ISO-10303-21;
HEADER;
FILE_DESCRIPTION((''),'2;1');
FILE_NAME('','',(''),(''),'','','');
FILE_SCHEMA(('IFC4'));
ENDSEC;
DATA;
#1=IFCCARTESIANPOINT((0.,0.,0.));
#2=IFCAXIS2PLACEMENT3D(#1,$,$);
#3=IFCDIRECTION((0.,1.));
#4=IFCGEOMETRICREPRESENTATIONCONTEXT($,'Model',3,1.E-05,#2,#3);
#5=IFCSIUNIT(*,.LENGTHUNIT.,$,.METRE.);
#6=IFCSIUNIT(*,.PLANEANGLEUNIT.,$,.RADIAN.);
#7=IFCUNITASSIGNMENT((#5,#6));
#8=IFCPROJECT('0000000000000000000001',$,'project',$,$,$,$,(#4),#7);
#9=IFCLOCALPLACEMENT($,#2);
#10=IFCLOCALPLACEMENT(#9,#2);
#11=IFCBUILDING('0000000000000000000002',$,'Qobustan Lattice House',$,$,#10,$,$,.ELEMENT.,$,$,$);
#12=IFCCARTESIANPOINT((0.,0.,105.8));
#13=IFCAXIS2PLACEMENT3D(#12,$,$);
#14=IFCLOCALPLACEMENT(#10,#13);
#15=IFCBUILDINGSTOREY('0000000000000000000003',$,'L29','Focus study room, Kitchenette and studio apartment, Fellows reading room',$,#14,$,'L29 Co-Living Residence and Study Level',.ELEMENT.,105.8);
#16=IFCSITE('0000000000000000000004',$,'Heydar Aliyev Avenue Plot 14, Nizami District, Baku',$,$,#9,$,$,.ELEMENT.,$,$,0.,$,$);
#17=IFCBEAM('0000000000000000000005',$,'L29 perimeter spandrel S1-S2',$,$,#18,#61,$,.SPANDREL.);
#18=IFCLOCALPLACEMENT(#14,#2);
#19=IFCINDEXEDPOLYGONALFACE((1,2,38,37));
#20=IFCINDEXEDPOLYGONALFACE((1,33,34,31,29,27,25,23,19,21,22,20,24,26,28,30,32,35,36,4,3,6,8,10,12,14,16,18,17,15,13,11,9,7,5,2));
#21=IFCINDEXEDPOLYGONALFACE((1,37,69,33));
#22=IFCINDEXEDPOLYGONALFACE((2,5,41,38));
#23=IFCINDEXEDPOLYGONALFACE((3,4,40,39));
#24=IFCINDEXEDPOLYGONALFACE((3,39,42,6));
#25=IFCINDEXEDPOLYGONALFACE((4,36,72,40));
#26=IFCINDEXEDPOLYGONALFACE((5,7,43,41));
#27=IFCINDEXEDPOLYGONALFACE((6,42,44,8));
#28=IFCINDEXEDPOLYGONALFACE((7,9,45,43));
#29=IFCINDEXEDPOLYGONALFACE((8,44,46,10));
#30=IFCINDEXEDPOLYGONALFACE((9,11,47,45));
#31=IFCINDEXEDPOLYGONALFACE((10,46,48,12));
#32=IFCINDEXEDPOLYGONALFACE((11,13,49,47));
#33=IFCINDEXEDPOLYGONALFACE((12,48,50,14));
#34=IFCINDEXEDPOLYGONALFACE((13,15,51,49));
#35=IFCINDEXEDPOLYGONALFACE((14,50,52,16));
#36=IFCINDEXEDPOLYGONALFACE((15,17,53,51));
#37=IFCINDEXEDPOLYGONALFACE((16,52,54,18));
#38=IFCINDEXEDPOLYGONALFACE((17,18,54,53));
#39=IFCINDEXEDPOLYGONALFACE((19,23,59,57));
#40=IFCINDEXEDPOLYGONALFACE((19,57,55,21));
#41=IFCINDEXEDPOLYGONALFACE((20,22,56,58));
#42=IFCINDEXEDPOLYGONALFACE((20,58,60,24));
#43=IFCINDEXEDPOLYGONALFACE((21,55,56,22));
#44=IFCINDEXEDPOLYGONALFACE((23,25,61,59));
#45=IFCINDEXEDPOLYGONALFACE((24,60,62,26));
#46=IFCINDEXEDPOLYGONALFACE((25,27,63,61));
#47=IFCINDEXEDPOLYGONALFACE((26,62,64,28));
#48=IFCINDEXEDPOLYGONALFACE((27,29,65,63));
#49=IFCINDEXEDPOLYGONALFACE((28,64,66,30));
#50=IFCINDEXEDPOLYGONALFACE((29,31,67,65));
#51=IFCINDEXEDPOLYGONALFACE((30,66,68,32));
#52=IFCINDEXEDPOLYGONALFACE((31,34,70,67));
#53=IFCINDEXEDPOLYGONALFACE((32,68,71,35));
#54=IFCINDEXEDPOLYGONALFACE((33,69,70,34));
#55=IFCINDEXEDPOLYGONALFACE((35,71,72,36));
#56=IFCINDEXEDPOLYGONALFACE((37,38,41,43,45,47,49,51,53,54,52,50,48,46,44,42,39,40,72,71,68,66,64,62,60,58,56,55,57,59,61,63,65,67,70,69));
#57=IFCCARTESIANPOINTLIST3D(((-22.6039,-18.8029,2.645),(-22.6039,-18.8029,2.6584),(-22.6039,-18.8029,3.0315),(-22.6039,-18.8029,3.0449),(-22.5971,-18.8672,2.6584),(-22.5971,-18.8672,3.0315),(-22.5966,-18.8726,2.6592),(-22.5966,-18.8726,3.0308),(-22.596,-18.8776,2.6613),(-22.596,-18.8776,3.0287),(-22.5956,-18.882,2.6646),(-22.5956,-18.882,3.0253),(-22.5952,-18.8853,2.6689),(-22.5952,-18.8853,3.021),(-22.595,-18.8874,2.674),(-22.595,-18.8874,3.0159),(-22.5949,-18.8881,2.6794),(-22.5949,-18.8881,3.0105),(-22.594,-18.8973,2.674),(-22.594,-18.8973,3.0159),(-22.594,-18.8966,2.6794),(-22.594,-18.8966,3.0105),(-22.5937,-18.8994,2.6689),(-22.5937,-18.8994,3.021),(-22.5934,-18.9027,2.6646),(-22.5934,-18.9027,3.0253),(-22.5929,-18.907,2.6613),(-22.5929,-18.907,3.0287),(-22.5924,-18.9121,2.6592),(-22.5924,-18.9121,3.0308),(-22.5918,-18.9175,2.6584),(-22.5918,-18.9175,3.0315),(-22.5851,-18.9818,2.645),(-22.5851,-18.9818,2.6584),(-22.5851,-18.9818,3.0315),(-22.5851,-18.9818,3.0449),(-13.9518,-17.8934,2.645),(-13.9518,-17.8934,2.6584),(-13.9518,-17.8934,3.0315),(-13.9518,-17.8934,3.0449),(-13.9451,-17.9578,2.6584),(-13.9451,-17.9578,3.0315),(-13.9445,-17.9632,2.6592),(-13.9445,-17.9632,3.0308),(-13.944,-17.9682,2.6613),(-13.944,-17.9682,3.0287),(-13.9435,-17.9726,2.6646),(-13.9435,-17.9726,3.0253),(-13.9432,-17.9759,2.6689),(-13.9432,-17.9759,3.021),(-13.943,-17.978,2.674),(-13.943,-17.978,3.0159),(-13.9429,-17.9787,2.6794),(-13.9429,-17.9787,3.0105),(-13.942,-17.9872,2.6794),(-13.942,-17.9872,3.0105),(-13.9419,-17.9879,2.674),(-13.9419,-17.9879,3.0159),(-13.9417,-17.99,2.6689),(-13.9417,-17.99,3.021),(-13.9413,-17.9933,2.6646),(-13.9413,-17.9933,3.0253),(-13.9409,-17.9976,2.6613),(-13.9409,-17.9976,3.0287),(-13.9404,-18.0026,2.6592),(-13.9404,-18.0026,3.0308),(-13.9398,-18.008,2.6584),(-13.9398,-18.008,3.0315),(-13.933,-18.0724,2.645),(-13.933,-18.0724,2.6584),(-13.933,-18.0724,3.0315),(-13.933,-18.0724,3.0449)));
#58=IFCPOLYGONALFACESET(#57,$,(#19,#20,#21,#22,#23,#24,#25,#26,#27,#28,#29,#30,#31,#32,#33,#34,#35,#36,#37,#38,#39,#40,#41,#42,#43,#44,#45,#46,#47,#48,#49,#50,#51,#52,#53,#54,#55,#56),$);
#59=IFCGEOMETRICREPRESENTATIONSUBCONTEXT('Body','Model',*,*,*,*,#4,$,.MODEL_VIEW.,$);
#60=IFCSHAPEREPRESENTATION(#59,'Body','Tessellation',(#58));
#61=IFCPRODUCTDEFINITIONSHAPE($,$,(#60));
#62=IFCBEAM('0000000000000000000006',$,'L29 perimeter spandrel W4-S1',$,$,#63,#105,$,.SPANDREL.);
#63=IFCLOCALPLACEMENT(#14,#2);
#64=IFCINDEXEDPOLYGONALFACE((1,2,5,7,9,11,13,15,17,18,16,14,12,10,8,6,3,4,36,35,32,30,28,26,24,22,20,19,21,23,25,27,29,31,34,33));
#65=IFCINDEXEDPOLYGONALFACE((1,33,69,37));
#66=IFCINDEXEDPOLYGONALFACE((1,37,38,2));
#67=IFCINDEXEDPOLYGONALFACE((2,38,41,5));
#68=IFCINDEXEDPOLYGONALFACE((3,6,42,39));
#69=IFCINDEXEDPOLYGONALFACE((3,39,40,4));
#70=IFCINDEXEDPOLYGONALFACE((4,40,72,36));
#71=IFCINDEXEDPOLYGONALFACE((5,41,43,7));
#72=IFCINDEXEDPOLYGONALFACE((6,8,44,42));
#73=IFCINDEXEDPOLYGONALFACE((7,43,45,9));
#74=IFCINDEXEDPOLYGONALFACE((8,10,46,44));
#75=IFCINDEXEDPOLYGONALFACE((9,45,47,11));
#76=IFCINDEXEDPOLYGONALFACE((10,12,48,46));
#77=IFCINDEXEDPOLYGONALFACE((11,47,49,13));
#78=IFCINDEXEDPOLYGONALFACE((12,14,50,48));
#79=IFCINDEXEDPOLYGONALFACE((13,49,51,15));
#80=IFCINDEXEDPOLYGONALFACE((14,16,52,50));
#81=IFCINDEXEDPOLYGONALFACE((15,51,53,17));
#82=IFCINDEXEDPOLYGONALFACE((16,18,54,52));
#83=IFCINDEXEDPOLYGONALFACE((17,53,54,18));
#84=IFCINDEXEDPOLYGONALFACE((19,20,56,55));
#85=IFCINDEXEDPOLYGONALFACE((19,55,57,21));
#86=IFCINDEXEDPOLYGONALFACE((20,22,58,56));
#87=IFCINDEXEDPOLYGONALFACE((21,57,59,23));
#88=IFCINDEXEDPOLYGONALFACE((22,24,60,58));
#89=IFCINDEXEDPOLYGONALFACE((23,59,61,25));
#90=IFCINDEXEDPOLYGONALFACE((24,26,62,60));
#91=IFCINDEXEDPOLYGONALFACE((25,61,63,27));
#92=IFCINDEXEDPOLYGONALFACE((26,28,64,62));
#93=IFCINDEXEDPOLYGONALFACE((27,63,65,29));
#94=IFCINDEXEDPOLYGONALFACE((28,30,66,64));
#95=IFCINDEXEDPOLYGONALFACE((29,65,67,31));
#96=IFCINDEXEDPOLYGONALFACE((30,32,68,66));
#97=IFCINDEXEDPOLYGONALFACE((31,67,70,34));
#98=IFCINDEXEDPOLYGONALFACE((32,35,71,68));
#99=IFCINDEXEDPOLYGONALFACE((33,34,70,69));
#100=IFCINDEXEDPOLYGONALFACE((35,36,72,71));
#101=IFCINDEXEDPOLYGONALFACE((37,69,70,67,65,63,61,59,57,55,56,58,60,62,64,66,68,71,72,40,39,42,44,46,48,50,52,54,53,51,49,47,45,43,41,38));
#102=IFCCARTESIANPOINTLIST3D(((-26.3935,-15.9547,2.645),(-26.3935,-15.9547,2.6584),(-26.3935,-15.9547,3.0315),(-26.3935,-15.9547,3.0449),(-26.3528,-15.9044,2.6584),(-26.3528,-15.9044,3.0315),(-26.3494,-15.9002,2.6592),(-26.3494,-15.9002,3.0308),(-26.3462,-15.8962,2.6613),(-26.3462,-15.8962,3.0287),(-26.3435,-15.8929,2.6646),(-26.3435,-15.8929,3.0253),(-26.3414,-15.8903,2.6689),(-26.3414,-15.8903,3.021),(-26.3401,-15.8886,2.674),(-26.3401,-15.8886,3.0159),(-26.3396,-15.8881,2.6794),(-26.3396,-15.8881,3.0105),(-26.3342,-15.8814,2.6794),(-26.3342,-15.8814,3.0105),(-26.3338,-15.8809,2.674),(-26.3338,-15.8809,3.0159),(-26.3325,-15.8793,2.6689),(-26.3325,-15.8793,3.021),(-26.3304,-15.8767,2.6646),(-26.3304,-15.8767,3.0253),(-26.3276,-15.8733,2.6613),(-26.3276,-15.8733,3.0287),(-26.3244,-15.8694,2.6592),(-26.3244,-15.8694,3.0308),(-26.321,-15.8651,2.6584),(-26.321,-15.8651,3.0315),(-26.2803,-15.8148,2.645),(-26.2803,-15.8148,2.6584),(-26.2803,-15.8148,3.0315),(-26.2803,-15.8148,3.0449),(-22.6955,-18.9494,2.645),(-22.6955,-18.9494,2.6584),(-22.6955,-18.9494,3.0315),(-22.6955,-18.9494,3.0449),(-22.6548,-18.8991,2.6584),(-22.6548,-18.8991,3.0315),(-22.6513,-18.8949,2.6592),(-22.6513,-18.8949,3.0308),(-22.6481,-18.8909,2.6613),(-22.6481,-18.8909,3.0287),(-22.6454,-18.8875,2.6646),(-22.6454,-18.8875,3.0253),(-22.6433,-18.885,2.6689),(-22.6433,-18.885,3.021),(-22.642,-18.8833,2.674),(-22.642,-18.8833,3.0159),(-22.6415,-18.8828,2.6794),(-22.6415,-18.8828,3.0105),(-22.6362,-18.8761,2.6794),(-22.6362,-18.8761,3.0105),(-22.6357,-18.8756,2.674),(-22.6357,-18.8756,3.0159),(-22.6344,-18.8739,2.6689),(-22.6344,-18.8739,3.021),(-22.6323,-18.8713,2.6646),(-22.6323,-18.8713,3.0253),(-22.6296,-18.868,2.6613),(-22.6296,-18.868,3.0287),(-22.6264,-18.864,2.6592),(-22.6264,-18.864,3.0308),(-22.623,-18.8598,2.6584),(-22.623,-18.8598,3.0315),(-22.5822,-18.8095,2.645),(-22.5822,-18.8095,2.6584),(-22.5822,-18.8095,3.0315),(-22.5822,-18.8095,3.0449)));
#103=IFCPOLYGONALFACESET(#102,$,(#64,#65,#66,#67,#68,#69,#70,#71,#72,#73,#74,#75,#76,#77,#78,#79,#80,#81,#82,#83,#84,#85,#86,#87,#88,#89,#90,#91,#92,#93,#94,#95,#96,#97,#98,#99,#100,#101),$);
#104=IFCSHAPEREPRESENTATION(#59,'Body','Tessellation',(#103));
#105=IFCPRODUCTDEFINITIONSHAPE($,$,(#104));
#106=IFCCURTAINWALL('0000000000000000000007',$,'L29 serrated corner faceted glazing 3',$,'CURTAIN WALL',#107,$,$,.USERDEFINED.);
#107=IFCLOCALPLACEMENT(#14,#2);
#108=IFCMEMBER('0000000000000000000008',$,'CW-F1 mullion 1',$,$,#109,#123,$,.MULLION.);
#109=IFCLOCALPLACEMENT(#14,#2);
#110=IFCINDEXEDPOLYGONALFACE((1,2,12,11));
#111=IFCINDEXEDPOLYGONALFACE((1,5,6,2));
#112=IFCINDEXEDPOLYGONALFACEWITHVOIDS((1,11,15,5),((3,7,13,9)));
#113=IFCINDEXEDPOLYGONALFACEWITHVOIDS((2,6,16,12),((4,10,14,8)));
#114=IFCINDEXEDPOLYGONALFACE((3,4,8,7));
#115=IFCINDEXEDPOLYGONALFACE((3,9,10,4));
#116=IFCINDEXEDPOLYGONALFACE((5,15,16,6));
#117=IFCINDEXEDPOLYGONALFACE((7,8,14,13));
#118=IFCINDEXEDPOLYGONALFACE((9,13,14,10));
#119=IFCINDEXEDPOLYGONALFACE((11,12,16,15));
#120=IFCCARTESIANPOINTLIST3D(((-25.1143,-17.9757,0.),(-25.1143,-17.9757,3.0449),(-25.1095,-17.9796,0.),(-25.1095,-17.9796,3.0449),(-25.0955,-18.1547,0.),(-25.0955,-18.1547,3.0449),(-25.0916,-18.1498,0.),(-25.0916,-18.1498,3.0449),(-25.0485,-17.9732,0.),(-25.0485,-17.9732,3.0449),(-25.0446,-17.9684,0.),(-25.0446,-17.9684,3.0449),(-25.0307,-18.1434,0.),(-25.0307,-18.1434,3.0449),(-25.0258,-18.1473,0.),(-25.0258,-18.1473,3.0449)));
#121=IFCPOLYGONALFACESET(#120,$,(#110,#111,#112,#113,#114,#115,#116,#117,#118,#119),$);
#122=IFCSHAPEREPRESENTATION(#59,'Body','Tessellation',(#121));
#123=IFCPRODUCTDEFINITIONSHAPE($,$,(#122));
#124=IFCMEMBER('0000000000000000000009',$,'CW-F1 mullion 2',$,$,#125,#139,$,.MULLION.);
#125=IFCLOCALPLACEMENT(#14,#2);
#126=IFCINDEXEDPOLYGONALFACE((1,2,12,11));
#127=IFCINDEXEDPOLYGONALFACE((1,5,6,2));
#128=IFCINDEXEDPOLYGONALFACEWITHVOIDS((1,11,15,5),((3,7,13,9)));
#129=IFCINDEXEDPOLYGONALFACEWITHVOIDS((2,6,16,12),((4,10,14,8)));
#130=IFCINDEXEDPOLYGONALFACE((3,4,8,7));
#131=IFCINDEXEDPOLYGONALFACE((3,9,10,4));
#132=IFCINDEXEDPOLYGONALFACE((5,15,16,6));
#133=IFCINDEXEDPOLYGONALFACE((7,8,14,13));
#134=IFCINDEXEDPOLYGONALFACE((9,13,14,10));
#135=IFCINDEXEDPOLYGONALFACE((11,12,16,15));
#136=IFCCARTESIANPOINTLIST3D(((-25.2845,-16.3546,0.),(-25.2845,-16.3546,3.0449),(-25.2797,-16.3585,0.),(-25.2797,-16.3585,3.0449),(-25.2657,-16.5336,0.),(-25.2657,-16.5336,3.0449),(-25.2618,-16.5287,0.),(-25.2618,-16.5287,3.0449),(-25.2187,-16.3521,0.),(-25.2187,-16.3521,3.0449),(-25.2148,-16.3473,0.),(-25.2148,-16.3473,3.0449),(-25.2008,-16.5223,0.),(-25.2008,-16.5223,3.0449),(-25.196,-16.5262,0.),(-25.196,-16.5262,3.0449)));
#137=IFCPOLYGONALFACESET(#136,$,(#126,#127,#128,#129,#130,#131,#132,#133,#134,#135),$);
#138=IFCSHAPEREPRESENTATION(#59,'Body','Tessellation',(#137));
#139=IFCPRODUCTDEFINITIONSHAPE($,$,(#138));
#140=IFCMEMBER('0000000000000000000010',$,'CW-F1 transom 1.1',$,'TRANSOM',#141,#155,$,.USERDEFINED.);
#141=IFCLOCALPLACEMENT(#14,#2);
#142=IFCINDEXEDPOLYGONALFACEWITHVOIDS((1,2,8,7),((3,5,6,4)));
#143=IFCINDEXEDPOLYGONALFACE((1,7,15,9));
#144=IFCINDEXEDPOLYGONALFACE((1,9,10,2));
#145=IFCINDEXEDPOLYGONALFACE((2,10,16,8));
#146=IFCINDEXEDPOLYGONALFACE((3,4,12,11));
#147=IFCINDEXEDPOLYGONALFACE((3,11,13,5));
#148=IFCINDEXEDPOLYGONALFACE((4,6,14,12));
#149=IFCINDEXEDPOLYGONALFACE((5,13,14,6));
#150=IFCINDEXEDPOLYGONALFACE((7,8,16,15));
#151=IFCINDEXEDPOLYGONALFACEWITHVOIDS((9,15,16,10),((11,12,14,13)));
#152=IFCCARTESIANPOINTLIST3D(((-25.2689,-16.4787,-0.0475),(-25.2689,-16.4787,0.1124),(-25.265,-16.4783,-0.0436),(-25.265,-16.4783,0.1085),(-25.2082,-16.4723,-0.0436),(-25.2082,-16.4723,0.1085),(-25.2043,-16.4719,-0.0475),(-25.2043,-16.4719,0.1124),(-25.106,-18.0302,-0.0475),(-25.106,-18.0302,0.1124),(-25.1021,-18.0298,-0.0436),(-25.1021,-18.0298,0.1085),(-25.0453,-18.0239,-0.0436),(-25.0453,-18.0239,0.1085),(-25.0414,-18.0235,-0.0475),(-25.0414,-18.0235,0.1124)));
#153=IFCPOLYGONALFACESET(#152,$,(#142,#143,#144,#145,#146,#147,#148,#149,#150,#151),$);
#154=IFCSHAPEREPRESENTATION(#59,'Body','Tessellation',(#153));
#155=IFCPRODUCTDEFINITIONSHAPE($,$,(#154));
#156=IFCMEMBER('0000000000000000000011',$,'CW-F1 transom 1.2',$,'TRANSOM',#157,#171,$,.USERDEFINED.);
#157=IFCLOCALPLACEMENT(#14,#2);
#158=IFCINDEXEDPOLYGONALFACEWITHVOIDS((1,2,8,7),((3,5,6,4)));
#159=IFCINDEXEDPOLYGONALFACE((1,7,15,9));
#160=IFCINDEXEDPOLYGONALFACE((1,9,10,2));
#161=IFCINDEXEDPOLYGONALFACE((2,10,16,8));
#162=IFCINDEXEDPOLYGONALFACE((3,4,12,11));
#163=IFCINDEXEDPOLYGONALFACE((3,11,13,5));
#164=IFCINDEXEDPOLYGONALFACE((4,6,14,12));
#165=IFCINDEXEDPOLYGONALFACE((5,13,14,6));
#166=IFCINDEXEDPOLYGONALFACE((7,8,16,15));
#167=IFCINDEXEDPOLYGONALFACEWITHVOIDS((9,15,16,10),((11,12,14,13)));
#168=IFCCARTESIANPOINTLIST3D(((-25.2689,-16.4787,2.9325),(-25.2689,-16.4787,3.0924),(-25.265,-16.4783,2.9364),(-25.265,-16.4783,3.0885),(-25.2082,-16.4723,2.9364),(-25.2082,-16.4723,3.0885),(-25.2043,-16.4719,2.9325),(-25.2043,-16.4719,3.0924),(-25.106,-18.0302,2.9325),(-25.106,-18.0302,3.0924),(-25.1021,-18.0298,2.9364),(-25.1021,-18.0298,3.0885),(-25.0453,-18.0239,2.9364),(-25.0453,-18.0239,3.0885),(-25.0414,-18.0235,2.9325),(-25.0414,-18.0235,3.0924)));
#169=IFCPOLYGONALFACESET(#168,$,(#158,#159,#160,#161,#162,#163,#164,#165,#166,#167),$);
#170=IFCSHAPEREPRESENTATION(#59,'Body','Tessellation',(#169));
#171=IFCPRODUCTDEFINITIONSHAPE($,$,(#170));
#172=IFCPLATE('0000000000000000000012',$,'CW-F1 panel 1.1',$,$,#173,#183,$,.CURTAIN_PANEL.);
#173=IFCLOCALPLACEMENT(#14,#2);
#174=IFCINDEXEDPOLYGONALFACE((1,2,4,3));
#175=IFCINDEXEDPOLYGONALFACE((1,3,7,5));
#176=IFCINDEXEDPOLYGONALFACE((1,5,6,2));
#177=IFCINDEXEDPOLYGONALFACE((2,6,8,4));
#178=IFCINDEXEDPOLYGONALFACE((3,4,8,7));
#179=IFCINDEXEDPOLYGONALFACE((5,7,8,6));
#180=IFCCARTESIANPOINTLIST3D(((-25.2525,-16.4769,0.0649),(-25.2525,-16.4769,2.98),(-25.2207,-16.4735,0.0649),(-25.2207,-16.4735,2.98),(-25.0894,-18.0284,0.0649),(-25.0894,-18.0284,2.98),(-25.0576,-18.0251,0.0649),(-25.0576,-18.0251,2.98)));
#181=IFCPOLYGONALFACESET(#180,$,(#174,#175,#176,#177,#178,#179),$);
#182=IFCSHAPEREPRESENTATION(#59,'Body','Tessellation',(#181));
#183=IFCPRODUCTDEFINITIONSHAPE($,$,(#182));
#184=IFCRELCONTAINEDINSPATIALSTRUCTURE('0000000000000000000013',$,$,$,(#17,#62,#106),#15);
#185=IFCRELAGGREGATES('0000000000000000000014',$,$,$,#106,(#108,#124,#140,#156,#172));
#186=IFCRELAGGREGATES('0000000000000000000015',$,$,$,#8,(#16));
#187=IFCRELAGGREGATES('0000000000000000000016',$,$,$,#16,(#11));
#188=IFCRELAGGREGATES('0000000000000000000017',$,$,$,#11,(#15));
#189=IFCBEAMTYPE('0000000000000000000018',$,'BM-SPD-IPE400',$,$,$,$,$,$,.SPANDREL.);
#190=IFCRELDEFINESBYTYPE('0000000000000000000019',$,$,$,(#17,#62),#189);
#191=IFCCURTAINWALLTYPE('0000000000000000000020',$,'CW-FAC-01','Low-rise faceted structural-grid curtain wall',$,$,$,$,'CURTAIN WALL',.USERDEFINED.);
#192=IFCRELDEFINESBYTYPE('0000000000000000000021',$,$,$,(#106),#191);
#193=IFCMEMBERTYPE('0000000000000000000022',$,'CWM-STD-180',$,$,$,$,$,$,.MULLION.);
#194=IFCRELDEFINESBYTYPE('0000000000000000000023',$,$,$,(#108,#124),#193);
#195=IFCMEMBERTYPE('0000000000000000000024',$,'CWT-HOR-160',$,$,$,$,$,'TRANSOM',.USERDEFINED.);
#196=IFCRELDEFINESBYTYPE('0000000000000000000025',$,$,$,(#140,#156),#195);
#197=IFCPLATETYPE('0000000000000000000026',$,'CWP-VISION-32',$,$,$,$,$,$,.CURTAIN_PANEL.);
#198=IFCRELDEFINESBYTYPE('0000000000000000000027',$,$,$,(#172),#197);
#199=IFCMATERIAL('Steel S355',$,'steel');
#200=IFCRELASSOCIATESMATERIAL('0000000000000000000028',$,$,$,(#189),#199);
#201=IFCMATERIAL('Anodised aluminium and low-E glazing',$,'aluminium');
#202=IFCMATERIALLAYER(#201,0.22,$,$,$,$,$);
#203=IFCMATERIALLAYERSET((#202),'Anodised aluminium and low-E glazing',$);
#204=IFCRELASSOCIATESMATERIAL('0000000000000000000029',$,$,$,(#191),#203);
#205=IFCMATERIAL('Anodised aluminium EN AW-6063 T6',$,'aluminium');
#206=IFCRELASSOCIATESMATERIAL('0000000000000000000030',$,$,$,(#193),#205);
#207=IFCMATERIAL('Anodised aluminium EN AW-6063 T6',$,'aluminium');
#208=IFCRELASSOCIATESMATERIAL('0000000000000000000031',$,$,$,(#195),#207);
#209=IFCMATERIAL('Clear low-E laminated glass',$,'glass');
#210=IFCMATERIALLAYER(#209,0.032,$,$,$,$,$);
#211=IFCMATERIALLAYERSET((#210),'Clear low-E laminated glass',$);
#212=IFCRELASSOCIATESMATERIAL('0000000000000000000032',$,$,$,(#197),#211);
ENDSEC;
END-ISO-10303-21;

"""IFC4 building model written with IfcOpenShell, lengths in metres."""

from ifc_helpers import new_model, si_unit, direction, frame, origin, origin_2d, place, context, subcontext, project, spatial, rectangle, hollow_rectangle, i_section, extrude, material, layer, layer_set, material_profile, profile_set, type_object, element, aggregate, save


model = new_model("IFC4")

# Units and contexts
model_context = context("Model", 3, precision=1e-05, world=origin(), true_north=direction((0.0, 1.0)))
body_context = subcontext(model_context, "Body", "Model", "MODEL_VIEW")
ifc_project = project(units=[si_unit("LENGTHUNIT", "METRE"), si_unit("PLANEANGLEUNIT", "RADIAN")], contexts=[model_context])

# Site, building, storey
site_placement = place(None, origin())
site = spatial("IfcSite", under=ifc_project, at=site_placement, Name="Heydar Aliyev Avenue Plot 14, Nizami District, Baku", CompositionType="ELEMENT", RefElevation=0.0)
building_placement = place(site_placement, origin())
building = spatial("IfcBuilding", under=site, at=building_placement, Name="Qobustan Lattice House", CompositionType="ELEMENT")
storey_placement = place(building_placement, frame((0.0, 0.0, 105.8)))
storey = spatial("IfcBuildingStorey", under=building, at=storey_placement, Name="L29", Description="Focus study room, Kitchenette and studio apartment, Fellows reading room", LongName="L29 Co-Living Residence and Study Level", CompositionType="ELEMENT", Elevation=105.8)

# Beams
ifc_material_1 = material(Name="Steel S355", Category="steel")
ifc_material_profile_1 = material_profile(ifc_material_1, i_section(OverallWidth=0.1799, OverallDepth=0.3999, WebThickness=0.0085, FlangeThickness=0.0134, FilletRadius=0.021, at=origin_2d()), Name="IPE400")
ifc_profile_set_1 = profile_set([ifc_material_profile_1], Name="Steel S355")
beam_type_1 = type_object("IfcBeamType", Name="BM-SPD-IPE400", PredefinedType="SPANDREL", material=ifc_profile_set_1)
beam_1_placement = place(storey_placement, frame((-22.5945, -18.8923, 2.845), z_axis=(0.994521, 0.104534, 0.0), x_axis=(-0.104534, 0.994521, 0.0)))
element("IfcBeam", 1, at=beam_1_placement, inside=storey, type_object=beam_type_1, Name="L29 perimeter spandrel S1-S2", PredefinedType="SPANDREL", context=body_context, shape_type="SweptSolid", body=[
    extrude(i_section(OverallWidth=0.1799, OverallDepth=0.3999, WebThickness=0.0085, FlangeThickness=0.0134, FilletRadius=0.021, at=origin_2d()), origin(), (0.0, 0.0, 1.0), 8.6997),
])
beam_2_placement = place(storey_placement, frame((-26.3369, -15.8848, 2.845), z_axis=(0.777141, -0.629327, 0.0), x_axis=(0.629327, 0.777141, 0.0)))
element("IfcBeam", 2, at=beam_2_placement, inside=storey, type_object=beam_type_1, Name="L29 perimeter spandrel W4-S1", PredefinedType="SPANDREL", context=body_context, shape_type="SweptSolid", body=[
    extrude(i_section(OverallWidth=0.1799, OverallDepth=0.3999, WebThickness=0.0085, FlangeThickness=0.0134, FilletRadius=0.021, at=origin_2d()), origin(), (0.0, 0.0, 1.0), 4.7585),
])

# Curtain wall, members, plate
ifc_material_2 = material(Name="Anodised aluminium and low-E glazing", Category="aluminium")
ifc_layer_1 = layer(ifc_material_2, 0.22)
ifc_layer_set_1 = layer_set([ifc_layer_1], Name="Anodised aluminium and low-E glazing")
curtain_wall_type = type_object("IfcCurtainWallType", Name="CW-FAC-01", Description="Low-rise faceted structural-grid curtain wall", ElementType="CURTAIN WALL", PredefinedType="USERDEFINED", material=ifc_layer_set_1)
curtain_wall_placement = place(storey_placement, origin())
curtain_wall = element("IfcCurtainWall", 3, at=curtain_wall_placement, inside=storey, type_object=curtain_wall_type, Name="L29 serrated corner faceted glazing 3", ObjectType="CURTAIN WALL", PredefinedType="USERDEFINED")
ifc_material_3 = material(Name="Anodised aluminium EN AW-6063 T6", Category="aluminium")
ifc_material_profile_2 = material_profile(ifc_material_3, hollow_rectangle(XDim=0.0701, YDim=0.1799, WallThickness=0.0044, at=origin_2d()), Name="CWM-180x70")
ifc_profile_set_2 = profile_set([ifc_material_profile_2], Name="Anodised aluminium EN AW-6063 T6")
member_type_1 = type_object("IfcMemberType", Name="CWM-STD-180", PredefinedType="MULLION", material=ifc_profile_set_2)
member_1_placement = place(storey_placement, frame((-25.0701, -18.0615, 0.0), z_axis=(0.0, 0.0, 1.0), x_axis=(-0.994522, -0.104529, 0.0)))
member_1 = element("IfcMember", 4, at=member_1_placement, type_object=member_type_1, Name="CW-F1 mullion 1", PredefinedType="MULLION", context=body_context, shape_type="SweptSolid", body=[
    extrude(hollow_rectangle(XDim=0.0701, YDim=0.1799, WallThickness=0.0044, at=origin_2d()), origin(), (0.0, 0.0, 1.0), 3.0449),
])
member_2_placement = place(storey_placement, frame((-25.2402, -16.4404, 0.0), z_axis=(0.0, 0.0, 1.0), x_axis=(-0.994522, -0.104529, 0.0)))
member_2 = element("IfcMember", 5, at=member_2_placement, type_object=member_type_1, Name="CW-F1 mullion 2", PredefinedType="MULLION", context=body_context, shape_type="SweptSolid", body=[
    extrude(hollow_rectangle(XDim=0.0701, YDim=0.1799, WallThickness=0.0044, at=origin_2d()), origin(), (0.0, 0.0, 1.0), 3.0449),
])
ifc_material_4 = material(Name="Anodised aluminium EN AW-6063 T6", Category="aluminium")
ifc_material_profile_3 = material_profile(ifc_material_4, hollow_rectangle(XDim=0.0649, YDim=0.1599, WallThickness=0.0039, at=origin_2d()), Name="CWT-160x65")
ifc_profile_set_3 = profile_set([ifc_material_profile_3], Name="Anodised aluminium EN AW-6063 T6")
member_type_2 = type_object("IfcMemberType", Name="CWT-HOR-160", ElementType="TRANSOM", PredefinedType="USERDEFINED", material=ifc_profile_set_3)
member_3_placement = place(storey_placement, frame((-25.0737, -18.0269, 0.0325), z_axis=(-0.104383, 0.994537, 0.0), x_axis=(-0.994537, -0.104383, 0.0)))
member_3 = element("IfcMember", 6, at=member_3_placement, type_object=member_type_2, Name="CW-F1 transom 1.1", ObjectType="TRANSOM", PredefinedType="USERDEFINED", context=body_context, shape_type="SweptSolid", body=[
    extrude(hollow_rectangle(XDim=0.0649, YDim=0.1599, WallThickness=0.0039, at=origin_2d()), origin(), (0.0, 0.0, 1.0), 1.5601),
])
member_4_placement = place(storey_placement, frame((-25.0737, -18.0269, 3.0125), z_axis=(-0.104383, 0.994537, 0.0), x_axis=(-0.994537, -0.104383, 0.0)))
member_4 = element("IfcMember", 7, at=member_4_placement, type_object=member_type_2, Name="CW-F1 transom 1.2", ObjectType="TRANSOM", PredefinedType="USERDEFINED", context=body_context, shape_type="SweptSolid", body=[
    extrude(hollow_rectangle(XDim=0.0649, YDim=0.1599, WallThickness=0.0039, at=origin_2d()), origin(), (0.0, 0.0, 1.0), 1.5601),
])
ifc_material_5 = material(Name="Clear low-E laminated glass", Category="glass")
ifc_layer_2 = layer(ifc_material_5, 0.032)
ifc_layer_set_2 = layer_set([ifc_layer_2], Name="Clear low-E laminated glass")
plate_type = type_object("IfcPlateType", Name="CWP-VISION-32", PredefinedType="CURTAIN_PANEL", material=ifc_layer_set_2)
plate_placement = place(storey_placement, frame((-25.155, -17.251, 0.0649), z_axis=(0.0, 0.0, 1.0), x_axis=(-0.104529, 0.994522, 0.0)))
plate = element("IfcPlate", 8, at=plate_placement, type_object=plate_type, Name="CW-F1 panel 1.1", PredefinedType="CURTAIN_PANEL", context=body_context, shape_type="SweptSolid", body=[
    extrude(rectangle(XDim=1.5601, YDim=0.032, at=origin_2d()), origin(), (0.0, 0.0, 1.0), 2.915),
])
aggregate(curtain_wall, [member_1, member_2, member_3, member_4, plate])

save(model, "model.ifc")
